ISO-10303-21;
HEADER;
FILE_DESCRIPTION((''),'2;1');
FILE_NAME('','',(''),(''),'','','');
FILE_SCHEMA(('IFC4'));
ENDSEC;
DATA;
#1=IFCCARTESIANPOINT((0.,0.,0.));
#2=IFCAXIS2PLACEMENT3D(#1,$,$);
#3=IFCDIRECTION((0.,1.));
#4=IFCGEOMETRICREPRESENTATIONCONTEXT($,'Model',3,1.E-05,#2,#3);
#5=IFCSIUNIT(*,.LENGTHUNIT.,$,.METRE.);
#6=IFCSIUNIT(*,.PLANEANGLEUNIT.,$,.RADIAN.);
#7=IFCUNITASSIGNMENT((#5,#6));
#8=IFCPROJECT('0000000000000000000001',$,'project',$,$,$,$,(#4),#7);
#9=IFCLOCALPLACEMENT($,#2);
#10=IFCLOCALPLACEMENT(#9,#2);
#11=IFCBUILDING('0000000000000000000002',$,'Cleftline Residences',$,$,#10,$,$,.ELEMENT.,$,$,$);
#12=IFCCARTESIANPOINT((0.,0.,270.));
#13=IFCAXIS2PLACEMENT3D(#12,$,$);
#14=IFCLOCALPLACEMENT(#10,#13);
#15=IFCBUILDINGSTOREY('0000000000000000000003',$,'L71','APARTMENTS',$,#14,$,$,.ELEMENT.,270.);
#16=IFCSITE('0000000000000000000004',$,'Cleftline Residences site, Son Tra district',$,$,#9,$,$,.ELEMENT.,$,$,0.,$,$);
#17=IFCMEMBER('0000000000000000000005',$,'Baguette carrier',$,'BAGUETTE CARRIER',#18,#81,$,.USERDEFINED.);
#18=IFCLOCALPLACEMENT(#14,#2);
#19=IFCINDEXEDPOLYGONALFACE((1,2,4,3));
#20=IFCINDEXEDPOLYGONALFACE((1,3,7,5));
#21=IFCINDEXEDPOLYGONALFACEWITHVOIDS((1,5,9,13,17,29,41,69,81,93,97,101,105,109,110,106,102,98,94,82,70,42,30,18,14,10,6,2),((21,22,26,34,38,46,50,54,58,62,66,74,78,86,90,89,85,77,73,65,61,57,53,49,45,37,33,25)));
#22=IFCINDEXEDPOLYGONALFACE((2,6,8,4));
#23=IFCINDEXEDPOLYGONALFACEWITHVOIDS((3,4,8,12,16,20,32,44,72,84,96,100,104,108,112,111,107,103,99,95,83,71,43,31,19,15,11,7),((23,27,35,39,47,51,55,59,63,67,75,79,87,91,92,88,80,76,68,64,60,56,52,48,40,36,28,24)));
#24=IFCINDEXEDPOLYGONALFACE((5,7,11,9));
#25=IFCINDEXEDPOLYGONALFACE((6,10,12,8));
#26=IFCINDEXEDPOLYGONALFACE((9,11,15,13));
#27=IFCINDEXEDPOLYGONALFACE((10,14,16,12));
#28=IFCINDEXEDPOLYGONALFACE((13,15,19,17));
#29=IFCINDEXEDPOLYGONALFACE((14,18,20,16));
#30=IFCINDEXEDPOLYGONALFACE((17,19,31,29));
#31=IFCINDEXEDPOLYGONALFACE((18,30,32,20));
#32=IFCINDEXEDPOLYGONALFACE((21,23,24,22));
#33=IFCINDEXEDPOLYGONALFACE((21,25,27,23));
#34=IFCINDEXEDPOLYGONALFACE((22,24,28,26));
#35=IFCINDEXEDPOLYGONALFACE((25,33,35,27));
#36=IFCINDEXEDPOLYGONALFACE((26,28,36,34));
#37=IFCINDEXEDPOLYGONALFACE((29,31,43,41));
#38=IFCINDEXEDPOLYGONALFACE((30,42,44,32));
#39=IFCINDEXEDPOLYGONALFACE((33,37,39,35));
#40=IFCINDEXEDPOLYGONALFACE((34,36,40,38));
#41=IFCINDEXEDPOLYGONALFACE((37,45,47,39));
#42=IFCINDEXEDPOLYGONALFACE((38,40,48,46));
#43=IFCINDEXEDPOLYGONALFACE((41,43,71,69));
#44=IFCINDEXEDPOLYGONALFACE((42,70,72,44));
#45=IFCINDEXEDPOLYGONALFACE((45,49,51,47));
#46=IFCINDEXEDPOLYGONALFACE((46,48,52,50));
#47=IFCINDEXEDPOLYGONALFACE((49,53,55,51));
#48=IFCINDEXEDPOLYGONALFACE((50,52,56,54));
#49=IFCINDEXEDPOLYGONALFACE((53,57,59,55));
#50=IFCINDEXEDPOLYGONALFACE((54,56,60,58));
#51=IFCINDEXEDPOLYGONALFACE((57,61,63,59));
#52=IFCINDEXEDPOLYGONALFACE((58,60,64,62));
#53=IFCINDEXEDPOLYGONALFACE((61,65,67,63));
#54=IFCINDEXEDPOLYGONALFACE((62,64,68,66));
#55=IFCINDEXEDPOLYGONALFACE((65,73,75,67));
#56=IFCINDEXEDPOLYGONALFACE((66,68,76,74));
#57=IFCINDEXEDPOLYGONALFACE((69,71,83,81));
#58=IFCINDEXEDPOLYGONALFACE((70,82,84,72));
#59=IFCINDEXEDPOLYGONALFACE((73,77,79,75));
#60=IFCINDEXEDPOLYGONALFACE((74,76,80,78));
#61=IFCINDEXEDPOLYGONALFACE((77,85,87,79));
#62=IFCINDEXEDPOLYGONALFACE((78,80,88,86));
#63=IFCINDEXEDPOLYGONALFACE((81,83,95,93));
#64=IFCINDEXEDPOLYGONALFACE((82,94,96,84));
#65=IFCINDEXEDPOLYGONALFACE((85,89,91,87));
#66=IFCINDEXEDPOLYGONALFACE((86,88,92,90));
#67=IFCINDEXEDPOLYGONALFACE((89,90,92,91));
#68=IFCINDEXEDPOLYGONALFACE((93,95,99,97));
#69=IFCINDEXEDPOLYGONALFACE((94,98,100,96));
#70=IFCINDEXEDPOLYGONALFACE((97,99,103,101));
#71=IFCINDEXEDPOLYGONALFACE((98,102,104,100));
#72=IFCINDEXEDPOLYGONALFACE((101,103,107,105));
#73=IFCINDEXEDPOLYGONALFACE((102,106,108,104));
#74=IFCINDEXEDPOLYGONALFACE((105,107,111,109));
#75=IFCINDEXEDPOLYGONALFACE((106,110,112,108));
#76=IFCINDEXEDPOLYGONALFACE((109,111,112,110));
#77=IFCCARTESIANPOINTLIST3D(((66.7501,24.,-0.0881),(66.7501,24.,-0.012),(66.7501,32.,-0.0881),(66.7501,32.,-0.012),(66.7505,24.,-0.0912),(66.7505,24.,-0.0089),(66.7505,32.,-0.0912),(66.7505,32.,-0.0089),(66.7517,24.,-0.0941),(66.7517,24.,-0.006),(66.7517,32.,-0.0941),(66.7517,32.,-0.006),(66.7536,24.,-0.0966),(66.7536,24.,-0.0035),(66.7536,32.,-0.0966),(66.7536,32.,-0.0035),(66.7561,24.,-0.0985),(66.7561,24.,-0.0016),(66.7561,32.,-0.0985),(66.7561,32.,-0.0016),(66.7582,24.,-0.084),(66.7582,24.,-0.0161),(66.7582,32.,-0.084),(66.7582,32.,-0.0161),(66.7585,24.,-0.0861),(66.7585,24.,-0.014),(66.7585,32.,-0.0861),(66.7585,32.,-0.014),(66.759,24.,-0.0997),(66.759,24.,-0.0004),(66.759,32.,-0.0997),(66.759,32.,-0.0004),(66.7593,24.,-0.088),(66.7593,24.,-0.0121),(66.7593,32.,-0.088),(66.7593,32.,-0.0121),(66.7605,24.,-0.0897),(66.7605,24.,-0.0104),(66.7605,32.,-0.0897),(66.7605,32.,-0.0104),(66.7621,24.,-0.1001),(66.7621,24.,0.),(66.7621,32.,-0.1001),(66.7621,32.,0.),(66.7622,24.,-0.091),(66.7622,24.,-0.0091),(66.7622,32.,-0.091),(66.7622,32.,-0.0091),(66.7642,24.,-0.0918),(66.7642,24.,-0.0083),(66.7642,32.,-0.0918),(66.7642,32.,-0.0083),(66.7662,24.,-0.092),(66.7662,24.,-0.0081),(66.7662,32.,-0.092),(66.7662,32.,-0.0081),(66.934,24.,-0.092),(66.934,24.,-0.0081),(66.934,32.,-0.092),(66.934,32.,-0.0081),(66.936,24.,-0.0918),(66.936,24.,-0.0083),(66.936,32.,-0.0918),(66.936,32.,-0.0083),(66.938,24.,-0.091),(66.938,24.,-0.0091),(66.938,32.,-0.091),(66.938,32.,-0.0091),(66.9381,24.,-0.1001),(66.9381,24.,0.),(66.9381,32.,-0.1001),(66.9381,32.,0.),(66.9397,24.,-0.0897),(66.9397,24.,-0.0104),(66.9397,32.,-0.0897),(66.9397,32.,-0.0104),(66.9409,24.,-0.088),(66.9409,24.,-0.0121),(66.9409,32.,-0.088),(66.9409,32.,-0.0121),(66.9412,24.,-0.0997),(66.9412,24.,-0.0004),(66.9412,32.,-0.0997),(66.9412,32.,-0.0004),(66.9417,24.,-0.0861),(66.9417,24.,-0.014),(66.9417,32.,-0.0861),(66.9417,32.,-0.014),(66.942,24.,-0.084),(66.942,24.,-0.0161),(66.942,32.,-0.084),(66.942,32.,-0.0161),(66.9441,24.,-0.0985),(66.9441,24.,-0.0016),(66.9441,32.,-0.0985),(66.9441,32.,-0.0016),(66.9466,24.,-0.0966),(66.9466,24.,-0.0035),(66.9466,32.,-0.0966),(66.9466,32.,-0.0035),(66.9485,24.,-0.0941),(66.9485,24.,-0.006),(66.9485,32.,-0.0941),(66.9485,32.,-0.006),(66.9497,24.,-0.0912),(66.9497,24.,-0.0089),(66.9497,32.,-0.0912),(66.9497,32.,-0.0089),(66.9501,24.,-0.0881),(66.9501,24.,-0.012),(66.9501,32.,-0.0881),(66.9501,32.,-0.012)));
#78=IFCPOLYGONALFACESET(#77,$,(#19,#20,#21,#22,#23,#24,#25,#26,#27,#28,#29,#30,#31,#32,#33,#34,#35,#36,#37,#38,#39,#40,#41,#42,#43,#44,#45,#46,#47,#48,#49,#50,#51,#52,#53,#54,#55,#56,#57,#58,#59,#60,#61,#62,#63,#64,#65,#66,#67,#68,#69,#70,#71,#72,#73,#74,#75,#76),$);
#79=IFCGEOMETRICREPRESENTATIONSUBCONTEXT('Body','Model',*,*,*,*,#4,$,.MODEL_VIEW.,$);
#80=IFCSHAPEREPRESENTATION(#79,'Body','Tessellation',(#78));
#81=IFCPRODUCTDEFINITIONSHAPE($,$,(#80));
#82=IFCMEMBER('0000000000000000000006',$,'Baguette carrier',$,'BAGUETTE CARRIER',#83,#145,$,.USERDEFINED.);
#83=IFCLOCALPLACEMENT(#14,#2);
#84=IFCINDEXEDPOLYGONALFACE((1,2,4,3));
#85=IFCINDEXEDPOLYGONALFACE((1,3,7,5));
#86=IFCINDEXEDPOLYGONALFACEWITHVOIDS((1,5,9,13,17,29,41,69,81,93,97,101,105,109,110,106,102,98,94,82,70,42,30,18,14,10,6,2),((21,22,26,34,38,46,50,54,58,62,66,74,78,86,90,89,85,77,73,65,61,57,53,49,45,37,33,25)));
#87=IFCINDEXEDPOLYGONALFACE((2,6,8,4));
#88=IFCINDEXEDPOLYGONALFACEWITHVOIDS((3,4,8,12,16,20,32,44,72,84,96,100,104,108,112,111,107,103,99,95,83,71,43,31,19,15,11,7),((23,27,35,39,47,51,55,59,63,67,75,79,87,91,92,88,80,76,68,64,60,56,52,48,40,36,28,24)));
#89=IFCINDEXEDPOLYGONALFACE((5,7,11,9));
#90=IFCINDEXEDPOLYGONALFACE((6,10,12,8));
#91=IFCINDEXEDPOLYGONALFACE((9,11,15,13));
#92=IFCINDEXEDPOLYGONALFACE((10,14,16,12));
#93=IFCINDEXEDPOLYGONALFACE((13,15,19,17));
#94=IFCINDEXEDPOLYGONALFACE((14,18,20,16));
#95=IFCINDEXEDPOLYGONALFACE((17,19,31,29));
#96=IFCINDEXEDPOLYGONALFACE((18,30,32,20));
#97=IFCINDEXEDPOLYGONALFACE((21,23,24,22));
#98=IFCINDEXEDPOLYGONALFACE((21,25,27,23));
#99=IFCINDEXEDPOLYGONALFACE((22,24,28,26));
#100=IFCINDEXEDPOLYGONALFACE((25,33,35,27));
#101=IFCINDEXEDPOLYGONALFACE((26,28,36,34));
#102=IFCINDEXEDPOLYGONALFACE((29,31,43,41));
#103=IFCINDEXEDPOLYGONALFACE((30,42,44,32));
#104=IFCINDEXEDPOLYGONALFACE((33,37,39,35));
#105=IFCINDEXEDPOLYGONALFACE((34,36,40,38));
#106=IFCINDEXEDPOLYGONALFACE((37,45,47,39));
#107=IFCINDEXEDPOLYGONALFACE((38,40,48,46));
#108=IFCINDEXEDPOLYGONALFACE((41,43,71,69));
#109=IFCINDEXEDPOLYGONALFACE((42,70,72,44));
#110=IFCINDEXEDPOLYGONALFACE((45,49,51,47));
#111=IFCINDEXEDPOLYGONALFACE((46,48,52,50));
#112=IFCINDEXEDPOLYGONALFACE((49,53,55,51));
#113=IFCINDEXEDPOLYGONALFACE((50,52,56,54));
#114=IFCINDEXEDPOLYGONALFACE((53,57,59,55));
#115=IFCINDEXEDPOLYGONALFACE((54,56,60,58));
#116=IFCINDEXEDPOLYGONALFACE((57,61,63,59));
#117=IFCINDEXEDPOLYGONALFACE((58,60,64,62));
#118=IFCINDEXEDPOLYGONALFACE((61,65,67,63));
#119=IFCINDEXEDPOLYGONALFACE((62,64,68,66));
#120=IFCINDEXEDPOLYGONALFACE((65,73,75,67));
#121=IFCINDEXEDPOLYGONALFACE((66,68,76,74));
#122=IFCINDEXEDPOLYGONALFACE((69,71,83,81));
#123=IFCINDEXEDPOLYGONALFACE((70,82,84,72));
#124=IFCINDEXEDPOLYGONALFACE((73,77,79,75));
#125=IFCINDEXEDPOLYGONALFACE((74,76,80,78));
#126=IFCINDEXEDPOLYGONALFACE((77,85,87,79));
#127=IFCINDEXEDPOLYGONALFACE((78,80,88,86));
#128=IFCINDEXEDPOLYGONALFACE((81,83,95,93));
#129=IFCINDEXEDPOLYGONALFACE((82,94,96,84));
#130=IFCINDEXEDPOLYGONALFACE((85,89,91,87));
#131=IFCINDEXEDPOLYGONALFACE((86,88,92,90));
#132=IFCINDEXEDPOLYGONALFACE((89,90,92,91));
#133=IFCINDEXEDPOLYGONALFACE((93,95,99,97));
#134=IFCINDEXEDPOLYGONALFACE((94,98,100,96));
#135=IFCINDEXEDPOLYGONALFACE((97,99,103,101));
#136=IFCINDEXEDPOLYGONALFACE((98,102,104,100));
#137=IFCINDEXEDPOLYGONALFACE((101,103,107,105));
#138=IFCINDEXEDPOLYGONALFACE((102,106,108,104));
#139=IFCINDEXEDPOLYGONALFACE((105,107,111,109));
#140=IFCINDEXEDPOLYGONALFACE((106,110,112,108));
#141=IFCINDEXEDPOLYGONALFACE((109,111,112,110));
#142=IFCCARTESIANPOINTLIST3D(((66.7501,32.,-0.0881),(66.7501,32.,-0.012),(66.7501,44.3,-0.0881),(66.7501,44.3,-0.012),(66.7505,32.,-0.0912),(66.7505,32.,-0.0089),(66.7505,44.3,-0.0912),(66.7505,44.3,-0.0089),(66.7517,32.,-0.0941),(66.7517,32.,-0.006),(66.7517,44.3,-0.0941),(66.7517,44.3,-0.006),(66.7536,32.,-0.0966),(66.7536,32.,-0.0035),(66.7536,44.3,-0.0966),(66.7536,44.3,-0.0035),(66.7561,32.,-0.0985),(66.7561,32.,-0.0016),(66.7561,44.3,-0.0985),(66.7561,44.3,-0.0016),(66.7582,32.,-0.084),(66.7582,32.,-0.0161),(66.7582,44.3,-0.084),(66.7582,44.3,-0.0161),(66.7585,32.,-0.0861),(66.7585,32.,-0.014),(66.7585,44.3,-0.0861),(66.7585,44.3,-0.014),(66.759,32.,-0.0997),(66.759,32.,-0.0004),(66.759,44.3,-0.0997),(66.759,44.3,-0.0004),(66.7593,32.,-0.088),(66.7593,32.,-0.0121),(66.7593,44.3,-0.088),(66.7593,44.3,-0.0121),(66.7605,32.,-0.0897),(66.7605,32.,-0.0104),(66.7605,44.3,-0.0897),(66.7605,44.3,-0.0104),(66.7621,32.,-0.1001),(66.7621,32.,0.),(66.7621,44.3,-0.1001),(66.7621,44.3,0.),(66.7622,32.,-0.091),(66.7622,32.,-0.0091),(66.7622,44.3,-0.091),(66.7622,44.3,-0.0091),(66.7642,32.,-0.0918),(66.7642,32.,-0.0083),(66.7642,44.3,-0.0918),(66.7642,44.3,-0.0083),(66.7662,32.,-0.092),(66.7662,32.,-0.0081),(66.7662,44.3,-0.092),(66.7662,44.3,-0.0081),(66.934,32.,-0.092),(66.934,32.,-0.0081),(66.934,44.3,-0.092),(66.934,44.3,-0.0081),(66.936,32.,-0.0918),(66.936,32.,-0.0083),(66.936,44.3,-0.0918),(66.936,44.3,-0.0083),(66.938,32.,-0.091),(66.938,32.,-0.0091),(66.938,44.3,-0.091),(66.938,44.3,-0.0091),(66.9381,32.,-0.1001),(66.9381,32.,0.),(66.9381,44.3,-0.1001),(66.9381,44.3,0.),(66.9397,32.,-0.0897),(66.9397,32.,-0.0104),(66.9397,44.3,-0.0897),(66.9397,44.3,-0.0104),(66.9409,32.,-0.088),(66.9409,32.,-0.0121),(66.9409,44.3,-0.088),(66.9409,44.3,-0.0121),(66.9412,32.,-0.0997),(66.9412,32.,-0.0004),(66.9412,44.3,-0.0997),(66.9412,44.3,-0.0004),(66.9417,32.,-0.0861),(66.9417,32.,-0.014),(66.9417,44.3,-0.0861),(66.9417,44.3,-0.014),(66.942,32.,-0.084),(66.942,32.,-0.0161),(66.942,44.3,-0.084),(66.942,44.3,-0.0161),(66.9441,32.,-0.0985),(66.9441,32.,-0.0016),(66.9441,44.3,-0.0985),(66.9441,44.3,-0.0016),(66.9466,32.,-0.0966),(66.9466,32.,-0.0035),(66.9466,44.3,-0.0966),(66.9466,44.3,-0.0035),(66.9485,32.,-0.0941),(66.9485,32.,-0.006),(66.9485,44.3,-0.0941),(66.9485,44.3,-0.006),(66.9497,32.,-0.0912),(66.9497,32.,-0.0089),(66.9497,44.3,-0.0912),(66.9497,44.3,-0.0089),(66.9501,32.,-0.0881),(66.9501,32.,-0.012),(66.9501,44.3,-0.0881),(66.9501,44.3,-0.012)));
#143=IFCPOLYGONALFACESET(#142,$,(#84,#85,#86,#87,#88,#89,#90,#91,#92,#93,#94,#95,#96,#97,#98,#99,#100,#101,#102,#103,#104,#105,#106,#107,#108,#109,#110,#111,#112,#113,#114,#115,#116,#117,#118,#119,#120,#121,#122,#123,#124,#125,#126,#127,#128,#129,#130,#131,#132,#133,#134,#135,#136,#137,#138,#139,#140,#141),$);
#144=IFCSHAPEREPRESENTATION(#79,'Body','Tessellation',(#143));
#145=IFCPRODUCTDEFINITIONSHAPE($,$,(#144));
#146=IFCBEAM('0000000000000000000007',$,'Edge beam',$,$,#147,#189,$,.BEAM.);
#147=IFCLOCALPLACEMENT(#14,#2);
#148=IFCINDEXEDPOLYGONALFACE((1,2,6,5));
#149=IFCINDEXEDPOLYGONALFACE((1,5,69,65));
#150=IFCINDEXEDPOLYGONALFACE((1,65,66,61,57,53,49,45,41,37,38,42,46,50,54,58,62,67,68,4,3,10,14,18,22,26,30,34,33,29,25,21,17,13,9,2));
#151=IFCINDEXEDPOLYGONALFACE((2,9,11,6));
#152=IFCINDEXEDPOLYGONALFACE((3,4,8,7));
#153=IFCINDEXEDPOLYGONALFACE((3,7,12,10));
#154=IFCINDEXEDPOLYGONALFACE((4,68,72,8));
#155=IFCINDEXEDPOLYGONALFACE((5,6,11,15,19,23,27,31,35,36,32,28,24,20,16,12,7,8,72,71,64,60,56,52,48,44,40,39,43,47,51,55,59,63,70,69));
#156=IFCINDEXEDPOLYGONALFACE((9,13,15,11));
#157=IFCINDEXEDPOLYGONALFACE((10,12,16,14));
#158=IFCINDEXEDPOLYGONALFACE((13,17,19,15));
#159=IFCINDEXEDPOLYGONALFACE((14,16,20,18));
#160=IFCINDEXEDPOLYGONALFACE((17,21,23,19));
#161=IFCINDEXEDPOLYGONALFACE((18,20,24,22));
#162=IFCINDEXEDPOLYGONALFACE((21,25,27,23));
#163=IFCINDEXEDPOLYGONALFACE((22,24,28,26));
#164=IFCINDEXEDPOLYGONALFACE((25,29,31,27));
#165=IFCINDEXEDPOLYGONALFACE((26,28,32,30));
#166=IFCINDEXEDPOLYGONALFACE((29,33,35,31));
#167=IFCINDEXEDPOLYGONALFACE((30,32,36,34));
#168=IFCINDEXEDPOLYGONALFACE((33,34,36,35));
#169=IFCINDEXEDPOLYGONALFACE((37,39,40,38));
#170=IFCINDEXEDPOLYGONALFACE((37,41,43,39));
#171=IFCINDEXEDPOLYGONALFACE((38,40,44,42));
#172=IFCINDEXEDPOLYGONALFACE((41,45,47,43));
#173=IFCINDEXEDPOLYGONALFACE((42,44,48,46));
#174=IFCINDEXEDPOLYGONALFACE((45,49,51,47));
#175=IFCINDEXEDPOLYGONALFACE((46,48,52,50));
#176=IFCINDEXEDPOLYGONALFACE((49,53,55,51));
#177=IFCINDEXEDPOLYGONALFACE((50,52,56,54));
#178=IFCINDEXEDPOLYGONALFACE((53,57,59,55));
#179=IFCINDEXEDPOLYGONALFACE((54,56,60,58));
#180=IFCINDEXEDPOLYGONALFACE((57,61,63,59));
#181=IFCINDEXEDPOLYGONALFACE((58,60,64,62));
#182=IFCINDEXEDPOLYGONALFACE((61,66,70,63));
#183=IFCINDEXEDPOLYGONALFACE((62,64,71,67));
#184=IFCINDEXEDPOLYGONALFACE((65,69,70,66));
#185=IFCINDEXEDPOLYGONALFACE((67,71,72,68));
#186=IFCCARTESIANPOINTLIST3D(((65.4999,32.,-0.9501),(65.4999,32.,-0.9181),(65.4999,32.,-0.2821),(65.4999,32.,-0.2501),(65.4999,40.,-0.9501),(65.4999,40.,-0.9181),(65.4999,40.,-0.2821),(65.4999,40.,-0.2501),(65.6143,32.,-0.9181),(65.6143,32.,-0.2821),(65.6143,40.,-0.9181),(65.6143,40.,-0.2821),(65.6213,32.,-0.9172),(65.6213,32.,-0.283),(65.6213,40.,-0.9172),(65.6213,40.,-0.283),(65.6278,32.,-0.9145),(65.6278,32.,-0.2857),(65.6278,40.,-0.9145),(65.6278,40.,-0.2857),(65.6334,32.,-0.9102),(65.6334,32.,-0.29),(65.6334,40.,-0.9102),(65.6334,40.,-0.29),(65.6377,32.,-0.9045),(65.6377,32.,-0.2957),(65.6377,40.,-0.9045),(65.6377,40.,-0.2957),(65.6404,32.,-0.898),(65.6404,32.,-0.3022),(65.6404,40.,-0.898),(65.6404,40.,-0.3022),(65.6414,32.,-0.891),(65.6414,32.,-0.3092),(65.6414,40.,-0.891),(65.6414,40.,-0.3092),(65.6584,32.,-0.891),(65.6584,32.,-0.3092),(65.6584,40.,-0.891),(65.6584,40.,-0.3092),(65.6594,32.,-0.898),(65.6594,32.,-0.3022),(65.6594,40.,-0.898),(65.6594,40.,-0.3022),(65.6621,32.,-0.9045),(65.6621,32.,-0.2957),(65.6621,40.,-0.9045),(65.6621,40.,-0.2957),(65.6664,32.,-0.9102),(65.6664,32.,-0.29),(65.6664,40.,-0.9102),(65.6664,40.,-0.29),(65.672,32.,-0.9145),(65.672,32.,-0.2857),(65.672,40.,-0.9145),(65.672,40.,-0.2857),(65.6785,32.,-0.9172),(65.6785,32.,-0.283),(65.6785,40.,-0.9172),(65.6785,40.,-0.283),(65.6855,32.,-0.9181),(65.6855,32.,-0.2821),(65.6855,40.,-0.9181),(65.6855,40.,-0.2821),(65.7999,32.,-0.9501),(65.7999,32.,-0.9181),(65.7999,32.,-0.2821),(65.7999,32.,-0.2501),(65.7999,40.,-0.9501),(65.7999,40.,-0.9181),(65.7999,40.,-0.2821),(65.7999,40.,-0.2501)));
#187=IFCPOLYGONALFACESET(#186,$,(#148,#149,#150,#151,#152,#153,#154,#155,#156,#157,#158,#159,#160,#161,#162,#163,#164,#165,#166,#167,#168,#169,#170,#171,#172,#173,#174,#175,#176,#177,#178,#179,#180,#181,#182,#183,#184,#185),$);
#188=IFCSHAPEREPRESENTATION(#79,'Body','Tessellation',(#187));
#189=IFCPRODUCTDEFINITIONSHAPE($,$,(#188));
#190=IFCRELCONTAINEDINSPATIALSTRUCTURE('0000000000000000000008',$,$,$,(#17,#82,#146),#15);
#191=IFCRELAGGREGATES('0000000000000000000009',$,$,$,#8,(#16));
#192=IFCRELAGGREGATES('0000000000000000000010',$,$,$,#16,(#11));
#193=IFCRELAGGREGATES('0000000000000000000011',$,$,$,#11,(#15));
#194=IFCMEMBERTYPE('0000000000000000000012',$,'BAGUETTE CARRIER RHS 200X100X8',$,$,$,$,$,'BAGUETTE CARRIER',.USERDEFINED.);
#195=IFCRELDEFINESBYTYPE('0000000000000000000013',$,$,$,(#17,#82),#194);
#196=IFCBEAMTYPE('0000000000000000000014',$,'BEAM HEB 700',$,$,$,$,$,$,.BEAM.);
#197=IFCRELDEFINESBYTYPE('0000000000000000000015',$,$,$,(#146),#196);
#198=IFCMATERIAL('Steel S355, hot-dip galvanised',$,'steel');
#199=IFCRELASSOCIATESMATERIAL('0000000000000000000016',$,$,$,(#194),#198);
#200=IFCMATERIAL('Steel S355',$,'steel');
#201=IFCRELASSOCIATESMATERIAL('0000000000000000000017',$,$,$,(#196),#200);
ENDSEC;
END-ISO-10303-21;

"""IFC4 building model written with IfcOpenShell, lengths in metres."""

from ifc_helpers import new_model, si_unit, direction, frame, origin, origin_2d, place, context, subcontext, project, spatial, hollow_rectangle, i_section, extrude, material, material_profile, profile_set, type_object, element, save


model = new_model("IFC4")

# Units and contexts
model_context = context("Model", 3, precision=1e-05, world=origin(), true_north=direction((0.0, 1.0)))
body_context = subcontext(model_context, "Body", "Model", "MODEL_VIEW")
ifc_project = project(units=[si_unit("LENGTHUNIT", "METRE"), si_unit("PLANEANGLEUNIT", "RADIAN")], contexts=[model_context])

# Site, building, storey
site_placement = place(None, origin())
site = spatial("IfcSite", under=ifc_project, at=site_placement, Name="Cleftline Residences site, Son Tra district", CompositionType="ELEMENT", RefElevation=0.0)
building_placement = place(site_placement, origin())
building = spatial("IfcBuilding", under=site, at=building_placement, Name="Cleftline Residences", CompositionType="ELEMENT")
storey_placement = place(building_placement, frame((0.0, 0.0, 270.0)))
storey = spatial("IfcBuildingStorey", under=building, at=storey_placement, Name="L71", Description="APARTMENTS", CompositionType="ELEMENT", Elevation=270.0)

# Members
ifc_material_1 = material(Name="Steel S355, hot-dip galvanised", Category="steel")
ifc_material_profile_1 = material_profile(ifc_material_1, hollow_rectangle(XDim=0.1001, YDim=0.2, WallThickness=0.0081, InnerFilletRadius=0.0081, OuterFilletRadius=0.012, at=origin_2d()))
ifc_profile_set_1 = profile_set([ifc_material_profile_1], Name="Steel S355, hot-dip galvanised")
member_type_1 = type_object("IfcMemberType", Name="BAGUETTE CARRIER RHS 200X100X8", ElementType="BAGUETTE CARRIER", PredefinedType="USERDEFINED", material=ifc_profile_set_1)
member_1_placement = place(storey_placement, frame((66.8501, 24.0, -0.05), z_axis=(0.0, 1.0, 0.0), x_axis=(0.0, 0.0, 1.0)))
element("IfcMember", 1, at=member_1_placement, inside=storey, type_object=member_type_1, Name="Baguette carrier", ObjectType="BAGUETTE CARRIER", PredefinedType="USERDEFINED", context=body_context, shape_type="SweptSolid", body=[
    extrude(hollow_rectangle(XDim=0.1001, YDim=0.2, WallThickness=0.0081, InnerFilletRadius=0.0081, OuterFilletRadius=0.012, at=origin_2d()), origin(), (0.0, 0.0, 1.0), 8.0),
])
member_2_placement = place(storey_placement, frame((66.8501, 32.0, -0.05), z_axis=(0.0, 1.0, 0.0), x_axis=(0.0, 0.0, 1.0)))
element("IfcMember", 2, at=member_2_placement, inside=storey, type_object=member_type_1, Name="Baguette carrier", ObjectType="BAGUETTE CARRIER", PredefinedType="USERDEFINED", context=body_context, shape_type="SweptSolid", body=[
    extrude(hollow_rectangle(XDim=0.1001, YDim=0.2, WallThickness=0.0081, InnerFilletRadius=0.0081, OuterFilletRadius=0.012, at=origin_2d()), origin(), (0.0, 0.0, 1.0), 12.3),
])

# Beam
ifc_material_2 = material(Name="Steel S355", Category="steel")
ifc_material_profile_2 = material_profile(ifc_material_2, i_section(OverallWidth=0.3, OverallDepth=0.7, WebThickness=0.0171, FlangeThickness=0.032, FilletRadius=0.0271, at=origin_2d()))
ifc_profile_set_2 = profile_set([ifc_material_profile_2], Name="Steel S355")
beam_type_1 = type_object("IfcBeamType", Name="BEAM HEB 700", PredefinedType="BEAM", material=ifc_profile_set_2)
beam_1_placement = place(storey_placement, frame((65.6499, 32.0, -0.6001), z_axis=(0.0, 1.0, 0.0), x_axis=(-1.0, 0.0, 0.0)))
element("IfcBeam", 3, at=beam_1_placement, inside=storey, type_object=beam_type_1, Name="Edge beam", PredefinedType="BEAM", context=body_context, shape_type="SweptSolid", body=[
    extrude(i_section(OverallWidth=0.3, OverallDepth=0.7, WebThickness=0.0171, FlangeThickness=0.032, FilletRadius=0.0271, at=origin_2d()), origin(), (0.0, 0.0, 1.0), 8.0),
])

save(model, "model.ifc")
